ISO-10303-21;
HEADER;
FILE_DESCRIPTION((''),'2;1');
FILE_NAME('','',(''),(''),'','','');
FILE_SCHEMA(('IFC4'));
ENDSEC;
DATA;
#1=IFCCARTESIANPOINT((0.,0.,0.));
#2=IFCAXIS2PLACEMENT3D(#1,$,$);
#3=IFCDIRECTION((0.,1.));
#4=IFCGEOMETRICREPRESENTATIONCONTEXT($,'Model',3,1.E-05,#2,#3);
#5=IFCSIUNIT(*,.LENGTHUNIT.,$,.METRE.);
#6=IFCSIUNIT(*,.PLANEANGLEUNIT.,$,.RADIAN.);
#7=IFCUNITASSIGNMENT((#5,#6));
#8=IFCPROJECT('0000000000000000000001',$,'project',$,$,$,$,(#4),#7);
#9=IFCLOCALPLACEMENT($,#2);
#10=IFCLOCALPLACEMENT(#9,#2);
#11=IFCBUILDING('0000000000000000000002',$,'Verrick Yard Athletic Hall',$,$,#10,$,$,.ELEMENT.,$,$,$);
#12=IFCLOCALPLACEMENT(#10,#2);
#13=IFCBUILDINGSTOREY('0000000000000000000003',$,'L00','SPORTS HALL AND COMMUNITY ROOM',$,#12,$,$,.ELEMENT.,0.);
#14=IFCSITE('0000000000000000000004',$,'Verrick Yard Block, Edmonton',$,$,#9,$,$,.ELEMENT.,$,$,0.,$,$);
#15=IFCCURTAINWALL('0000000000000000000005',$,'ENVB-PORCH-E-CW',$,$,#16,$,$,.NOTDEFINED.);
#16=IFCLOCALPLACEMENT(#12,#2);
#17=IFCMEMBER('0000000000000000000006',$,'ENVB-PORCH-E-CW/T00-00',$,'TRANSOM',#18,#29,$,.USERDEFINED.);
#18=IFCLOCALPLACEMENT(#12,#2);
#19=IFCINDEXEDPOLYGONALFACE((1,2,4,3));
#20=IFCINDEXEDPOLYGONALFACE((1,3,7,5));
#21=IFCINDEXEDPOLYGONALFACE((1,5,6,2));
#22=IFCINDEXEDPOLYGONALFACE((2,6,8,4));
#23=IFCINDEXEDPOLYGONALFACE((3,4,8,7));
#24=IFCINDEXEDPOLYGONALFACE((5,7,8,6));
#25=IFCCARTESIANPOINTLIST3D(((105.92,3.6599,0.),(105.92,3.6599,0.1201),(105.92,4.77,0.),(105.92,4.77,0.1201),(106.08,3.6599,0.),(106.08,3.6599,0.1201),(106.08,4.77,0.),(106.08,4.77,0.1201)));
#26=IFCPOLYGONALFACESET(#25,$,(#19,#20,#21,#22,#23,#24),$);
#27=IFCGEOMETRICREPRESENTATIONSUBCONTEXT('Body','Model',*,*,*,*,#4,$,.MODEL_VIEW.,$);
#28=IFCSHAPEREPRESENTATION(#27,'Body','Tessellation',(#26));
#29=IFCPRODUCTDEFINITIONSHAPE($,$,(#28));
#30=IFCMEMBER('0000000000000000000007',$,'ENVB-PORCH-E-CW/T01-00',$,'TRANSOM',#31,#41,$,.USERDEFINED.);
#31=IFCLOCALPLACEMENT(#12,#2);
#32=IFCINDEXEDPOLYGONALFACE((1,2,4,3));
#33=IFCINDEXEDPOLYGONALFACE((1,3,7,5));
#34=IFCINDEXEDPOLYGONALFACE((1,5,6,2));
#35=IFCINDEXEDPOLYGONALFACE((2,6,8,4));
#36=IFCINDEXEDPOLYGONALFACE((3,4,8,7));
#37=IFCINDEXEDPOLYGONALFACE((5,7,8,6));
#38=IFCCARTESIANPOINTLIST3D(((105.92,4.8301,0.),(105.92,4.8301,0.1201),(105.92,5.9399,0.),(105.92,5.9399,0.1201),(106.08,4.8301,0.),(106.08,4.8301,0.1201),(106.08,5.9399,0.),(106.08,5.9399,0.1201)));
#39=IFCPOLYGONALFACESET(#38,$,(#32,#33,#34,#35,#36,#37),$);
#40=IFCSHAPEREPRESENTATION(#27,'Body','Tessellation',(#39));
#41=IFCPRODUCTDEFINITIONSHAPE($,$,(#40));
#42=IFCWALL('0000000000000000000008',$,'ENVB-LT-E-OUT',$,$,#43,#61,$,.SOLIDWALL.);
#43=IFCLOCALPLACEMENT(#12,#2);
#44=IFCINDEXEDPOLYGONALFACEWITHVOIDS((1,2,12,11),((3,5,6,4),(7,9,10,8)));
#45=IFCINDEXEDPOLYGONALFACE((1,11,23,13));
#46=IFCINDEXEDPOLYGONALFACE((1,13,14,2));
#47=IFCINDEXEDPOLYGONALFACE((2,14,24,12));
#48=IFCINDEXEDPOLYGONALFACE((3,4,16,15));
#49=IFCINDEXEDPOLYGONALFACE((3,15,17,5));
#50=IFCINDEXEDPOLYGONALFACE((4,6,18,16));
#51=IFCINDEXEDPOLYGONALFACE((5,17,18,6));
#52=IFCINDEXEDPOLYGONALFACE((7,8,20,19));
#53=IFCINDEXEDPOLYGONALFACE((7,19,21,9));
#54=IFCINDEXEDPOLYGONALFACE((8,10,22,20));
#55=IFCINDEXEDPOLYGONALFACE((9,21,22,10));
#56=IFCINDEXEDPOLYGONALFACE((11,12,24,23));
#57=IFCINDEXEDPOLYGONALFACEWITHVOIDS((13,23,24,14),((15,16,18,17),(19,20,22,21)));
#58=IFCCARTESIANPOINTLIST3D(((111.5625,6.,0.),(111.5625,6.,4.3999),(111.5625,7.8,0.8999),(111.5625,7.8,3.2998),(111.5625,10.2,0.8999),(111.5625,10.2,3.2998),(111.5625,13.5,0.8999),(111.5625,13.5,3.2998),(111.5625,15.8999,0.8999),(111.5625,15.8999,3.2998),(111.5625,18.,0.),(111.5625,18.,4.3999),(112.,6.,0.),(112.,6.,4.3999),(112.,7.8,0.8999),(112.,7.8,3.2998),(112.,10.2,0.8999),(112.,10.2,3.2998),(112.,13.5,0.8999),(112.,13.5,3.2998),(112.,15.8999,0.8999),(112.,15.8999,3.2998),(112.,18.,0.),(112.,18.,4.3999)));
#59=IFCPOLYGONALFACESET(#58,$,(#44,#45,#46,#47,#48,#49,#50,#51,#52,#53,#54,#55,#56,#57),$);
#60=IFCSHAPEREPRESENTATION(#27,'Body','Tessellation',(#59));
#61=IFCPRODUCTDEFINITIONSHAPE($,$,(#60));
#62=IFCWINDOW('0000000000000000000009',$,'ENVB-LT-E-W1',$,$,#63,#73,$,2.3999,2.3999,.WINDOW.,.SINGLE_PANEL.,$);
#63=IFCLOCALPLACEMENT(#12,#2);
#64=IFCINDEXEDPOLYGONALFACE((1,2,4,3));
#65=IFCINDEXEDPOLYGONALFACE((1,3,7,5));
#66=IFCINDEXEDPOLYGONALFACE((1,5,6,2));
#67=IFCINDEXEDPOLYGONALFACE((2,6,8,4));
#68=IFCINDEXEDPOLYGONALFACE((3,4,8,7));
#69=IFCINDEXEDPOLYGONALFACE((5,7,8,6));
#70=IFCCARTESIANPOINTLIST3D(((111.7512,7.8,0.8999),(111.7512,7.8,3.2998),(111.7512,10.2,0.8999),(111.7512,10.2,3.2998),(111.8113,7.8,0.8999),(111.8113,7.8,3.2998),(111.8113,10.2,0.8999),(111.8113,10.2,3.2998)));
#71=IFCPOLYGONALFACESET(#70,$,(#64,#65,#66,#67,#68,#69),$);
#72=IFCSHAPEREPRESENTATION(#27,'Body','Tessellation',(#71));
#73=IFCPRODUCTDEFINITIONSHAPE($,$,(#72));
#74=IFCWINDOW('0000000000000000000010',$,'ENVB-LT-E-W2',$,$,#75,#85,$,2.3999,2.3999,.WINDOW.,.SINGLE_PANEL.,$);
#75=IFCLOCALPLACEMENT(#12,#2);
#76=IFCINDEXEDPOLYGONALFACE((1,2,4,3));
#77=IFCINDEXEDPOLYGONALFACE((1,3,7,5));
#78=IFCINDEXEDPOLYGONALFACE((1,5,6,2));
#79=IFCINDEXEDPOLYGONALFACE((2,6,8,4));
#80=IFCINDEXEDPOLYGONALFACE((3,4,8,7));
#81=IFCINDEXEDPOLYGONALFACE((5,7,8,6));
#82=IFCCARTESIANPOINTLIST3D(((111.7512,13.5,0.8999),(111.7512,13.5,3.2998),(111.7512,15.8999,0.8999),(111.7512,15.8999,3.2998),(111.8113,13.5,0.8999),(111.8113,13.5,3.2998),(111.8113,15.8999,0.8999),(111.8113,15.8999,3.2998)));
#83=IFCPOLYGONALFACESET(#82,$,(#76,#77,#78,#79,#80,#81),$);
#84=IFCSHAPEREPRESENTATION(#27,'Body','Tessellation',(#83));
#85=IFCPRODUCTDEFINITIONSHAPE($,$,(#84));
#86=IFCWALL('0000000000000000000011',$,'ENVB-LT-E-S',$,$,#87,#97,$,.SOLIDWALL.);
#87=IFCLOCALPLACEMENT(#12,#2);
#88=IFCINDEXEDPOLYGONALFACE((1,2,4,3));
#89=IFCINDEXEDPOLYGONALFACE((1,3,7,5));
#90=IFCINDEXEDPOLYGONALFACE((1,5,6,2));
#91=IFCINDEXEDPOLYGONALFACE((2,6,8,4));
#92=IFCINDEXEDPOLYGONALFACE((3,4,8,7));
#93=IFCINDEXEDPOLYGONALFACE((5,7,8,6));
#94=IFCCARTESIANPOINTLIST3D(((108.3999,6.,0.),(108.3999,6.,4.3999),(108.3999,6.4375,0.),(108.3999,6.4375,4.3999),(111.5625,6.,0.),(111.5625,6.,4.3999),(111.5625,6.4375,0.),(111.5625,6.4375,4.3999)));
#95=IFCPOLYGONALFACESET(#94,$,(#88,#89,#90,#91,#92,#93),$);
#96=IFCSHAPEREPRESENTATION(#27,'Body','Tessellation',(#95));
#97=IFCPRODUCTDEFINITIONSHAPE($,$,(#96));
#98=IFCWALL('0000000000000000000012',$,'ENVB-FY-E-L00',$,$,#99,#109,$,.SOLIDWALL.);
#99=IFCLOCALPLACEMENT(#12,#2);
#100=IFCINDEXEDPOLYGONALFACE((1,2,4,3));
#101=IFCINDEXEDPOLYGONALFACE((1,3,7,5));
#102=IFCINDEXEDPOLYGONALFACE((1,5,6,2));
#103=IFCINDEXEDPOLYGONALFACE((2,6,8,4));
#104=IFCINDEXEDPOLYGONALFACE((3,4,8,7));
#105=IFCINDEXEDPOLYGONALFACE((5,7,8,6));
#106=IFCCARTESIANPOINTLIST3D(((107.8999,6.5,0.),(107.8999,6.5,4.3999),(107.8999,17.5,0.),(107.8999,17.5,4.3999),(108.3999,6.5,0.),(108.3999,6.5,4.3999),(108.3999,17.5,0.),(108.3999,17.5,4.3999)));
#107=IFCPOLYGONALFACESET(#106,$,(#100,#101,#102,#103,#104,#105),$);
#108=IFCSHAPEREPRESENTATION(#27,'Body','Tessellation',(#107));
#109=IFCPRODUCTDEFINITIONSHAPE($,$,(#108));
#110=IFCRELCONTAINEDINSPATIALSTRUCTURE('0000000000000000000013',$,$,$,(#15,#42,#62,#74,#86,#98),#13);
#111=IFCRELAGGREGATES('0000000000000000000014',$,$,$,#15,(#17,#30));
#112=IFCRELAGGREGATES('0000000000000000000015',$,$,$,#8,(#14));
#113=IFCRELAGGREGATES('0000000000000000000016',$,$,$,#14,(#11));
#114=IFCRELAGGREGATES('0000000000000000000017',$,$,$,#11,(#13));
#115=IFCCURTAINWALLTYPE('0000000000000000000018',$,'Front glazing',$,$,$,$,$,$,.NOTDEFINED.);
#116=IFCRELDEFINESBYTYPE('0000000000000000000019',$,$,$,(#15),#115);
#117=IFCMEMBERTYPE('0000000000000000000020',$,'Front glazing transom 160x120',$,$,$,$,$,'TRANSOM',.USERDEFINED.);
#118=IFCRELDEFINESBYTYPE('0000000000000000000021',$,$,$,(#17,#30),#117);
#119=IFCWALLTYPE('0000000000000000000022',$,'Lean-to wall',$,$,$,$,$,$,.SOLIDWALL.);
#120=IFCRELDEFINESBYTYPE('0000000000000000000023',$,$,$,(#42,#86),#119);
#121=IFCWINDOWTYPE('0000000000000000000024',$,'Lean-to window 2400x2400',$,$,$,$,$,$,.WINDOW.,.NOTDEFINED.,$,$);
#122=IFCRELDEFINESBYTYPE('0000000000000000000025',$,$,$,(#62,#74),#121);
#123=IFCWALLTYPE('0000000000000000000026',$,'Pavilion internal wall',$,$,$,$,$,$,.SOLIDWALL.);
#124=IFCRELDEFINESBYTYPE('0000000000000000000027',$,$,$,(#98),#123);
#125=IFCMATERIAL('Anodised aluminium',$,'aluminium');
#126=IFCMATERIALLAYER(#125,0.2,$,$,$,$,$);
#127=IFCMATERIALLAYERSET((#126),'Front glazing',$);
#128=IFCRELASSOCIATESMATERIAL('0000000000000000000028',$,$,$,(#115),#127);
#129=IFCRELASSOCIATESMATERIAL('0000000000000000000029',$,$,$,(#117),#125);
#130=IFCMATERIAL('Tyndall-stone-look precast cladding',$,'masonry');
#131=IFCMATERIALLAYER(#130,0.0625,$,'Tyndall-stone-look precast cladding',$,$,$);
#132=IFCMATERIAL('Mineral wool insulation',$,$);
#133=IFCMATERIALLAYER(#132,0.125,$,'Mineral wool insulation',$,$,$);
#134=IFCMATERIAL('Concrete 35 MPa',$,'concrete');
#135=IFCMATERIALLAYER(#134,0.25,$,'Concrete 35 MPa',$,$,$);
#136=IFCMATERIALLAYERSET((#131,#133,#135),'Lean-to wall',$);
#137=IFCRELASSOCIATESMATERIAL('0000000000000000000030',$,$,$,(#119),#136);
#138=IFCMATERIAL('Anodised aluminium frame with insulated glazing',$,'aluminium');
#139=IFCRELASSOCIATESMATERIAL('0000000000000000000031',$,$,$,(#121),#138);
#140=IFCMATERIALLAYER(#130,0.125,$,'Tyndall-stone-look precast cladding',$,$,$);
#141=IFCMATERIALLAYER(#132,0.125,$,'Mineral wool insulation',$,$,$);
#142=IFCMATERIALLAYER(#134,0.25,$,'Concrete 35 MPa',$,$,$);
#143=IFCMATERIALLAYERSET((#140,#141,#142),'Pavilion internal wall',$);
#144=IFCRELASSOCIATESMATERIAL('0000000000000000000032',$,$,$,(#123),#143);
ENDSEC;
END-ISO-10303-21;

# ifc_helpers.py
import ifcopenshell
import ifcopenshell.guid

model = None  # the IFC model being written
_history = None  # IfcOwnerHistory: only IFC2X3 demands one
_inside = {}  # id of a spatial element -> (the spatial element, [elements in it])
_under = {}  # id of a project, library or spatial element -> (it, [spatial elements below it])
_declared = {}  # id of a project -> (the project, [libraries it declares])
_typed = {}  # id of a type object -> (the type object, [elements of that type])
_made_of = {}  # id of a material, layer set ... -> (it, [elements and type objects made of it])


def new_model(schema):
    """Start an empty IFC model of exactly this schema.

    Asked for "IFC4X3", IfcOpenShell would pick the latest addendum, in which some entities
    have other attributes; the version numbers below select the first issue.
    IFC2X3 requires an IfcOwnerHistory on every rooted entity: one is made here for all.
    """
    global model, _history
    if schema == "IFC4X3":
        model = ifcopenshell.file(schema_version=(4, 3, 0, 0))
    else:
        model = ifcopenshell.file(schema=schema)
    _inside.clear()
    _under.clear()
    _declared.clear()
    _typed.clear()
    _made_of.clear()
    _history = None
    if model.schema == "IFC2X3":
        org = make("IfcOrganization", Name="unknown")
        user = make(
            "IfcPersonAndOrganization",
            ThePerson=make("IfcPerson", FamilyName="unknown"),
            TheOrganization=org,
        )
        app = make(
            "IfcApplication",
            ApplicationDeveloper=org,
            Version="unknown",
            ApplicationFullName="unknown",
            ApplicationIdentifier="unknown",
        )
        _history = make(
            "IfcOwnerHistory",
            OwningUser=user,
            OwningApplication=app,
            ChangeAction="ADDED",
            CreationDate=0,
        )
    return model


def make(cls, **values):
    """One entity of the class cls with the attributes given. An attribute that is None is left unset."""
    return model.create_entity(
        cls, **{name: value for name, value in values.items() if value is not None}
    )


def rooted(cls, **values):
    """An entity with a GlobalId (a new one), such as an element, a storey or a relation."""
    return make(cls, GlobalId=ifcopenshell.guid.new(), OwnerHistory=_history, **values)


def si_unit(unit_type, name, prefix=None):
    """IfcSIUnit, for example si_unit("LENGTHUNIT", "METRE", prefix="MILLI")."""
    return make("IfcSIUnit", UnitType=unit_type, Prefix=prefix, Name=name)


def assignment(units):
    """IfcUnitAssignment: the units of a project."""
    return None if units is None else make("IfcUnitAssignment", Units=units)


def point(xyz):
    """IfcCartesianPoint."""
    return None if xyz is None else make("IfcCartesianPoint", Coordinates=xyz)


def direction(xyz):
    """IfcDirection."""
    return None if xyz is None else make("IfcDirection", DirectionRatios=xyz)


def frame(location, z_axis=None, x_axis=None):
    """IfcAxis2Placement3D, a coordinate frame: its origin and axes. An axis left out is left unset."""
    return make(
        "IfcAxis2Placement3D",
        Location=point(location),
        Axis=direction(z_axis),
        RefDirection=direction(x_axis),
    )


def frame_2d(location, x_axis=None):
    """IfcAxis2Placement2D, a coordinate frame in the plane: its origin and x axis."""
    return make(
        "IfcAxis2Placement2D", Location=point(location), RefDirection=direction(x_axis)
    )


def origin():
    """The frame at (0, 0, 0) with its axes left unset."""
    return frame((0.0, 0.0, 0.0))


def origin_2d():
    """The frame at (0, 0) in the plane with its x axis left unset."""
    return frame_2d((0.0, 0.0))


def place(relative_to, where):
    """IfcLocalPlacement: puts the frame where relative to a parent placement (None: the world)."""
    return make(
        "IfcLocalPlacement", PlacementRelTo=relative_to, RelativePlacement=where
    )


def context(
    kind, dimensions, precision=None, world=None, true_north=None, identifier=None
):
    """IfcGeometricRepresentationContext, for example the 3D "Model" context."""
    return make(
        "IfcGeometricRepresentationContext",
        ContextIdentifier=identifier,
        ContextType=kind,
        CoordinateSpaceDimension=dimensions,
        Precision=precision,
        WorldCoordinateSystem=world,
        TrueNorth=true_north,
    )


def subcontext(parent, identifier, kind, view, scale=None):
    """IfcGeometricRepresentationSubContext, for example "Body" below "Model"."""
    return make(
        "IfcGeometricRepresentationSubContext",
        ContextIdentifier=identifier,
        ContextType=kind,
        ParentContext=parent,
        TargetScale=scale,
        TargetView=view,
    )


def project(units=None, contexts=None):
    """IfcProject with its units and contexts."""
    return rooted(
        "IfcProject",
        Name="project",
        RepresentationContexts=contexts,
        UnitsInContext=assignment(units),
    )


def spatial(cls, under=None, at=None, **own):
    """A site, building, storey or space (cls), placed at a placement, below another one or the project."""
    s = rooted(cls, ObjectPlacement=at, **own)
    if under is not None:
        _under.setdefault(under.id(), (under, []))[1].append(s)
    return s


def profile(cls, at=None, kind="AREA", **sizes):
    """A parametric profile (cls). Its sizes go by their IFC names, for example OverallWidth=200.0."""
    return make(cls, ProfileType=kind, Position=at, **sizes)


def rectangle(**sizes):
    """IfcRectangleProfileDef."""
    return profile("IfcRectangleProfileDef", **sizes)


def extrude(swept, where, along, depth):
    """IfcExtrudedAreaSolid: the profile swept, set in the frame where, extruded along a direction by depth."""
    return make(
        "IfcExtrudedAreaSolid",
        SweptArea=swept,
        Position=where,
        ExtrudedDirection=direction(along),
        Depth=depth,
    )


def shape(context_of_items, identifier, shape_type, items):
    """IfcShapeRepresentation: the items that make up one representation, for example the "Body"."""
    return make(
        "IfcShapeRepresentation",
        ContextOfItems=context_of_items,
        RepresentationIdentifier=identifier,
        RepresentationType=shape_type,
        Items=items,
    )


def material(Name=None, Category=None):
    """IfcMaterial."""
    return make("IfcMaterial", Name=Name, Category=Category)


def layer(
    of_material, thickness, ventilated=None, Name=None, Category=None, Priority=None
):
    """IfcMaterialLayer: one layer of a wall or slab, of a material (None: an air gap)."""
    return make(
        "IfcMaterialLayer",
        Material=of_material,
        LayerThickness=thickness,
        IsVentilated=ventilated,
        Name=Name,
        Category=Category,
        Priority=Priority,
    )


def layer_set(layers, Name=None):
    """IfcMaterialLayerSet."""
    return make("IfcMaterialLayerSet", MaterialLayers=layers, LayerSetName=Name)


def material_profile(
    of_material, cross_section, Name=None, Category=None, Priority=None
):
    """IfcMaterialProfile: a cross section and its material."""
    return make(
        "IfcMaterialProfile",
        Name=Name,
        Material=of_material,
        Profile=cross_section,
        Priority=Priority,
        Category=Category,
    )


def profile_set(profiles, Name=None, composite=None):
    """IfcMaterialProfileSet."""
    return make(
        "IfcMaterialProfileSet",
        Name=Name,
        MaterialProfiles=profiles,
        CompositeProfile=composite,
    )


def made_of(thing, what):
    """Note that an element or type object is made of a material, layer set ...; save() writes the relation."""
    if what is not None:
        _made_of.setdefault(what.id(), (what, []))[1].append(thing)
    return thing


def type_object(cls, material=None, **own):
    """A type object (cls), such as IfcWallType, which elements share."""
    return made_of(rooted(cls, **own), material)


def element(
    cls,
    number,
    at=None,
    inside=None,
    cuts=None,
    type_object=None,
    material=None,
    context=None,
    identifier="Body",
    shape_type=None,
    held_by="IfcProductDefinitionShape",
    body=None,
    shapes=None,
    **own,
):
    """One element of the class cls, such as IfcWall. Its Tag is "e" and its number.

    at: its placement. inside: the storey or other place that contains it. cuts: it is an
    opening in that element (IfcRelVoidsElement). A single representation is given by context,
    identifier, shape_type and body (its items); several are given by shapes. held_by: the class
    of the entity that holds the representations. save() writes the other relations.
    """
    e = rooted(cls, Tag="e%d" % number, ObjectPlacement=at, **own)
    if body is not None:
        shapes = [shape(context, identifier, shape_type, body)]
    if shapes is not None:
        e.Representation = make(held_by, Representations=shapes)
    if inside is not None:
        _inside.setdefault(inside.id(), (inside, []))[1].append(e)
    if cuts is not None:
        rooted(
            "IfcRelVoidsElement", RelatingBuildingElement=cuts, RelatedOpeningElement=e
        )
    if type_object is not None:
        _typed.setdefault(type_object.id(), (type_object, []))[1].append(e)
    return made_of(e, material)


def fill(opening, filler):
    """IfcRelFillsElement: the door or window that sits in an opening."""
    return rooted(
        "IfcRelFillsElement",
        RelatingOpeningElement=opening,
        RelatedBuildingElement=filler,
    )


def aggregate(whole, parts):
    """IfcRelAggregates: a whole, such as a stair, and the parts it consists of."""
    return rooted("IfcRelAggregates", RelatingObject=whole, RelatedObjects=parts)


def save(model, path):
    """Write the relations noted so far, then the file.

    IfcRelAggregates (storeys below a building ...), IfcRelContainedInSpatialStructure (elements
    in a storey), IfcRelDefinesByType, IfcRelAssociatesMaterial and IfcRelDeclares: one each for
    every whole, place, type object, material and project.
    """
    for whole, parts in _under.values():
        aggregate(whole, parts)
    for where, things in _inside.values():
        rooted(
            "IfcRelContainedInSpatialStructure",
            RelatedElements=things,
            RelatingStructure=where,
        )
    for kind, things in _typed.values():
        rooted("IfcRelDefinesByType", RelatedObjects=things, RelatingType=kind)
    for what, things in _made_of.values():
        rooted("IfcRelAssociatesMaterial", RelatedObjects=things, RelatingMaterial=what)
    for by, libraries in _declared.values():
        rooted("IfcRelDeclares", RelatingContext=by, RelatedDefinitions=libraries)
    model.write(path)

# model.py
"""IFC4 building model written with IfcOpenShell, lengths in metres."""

from ifc_helpers import new_model, si_unit, direction, frame, frame_2d, origin, origin_2d, place, context, subcontext, project, spatial, rectangle, extrude, material, layer, layer_set, material_profile, profile_set, type_object, element, fill, aggregate, save


model = new_model("IFC4")

# Units and contexts
model_context = context("Model", 3, precision=1e-05, world=origin(), true_north=direction((0.0, 1.0)))
body_context = subcontext(model_context, "Body", "Model", "MODEL_VIEW")
ifc_project = project(units=[si_unit("LENGTHUNIT", "METRE"), si_unit("PLANEANGLEUNIT", "RADIAN")], contexts=[model_context])

# Site, building, storey
site_placement = place(None, origin())
site = spatial("IfcSite", under=ifc_project, at=site_placement, Name="Verrick Yard Block, Edmonton", CompositionType="ELEMENT", RefElevation=0.0)
building_placement = place(site_placement, origin())
building = spatial("IfcBuilding", under=site, at=building_placement, Name="Verrick Yard Athletic Hall", CompositionType="ELEMENT")
storey_placement = place(building_placement, origin())
storey = spatial("IfcBuildingStorey", under=building, at=storey_placement, Name="L00", Description="SPORTS HALL AND COMMUNITY ROOM", CompositionType="ELEMENT", Elevation=0.0)

# Shared definitions
ifc_material_1 = material(Name="Concrete 35 MPa", Category="concrete")

# Curtain wall, members
ifc_material_2 = material(Name="Anodised aluminium", Category="aluminium")
ifc_layer_1 = layer(ifc_material_2, 0.2)
ifc_layer_set_1 = layer_set([ifc_layer_1], Name="Front glazing")
curtain_wall_type = type_object("IfcCurtainWallType", Name="Front glazing", PredefinedType="NOTDEFINED", material=ifc_layer_set_1)
curtain_wall_placement = place(storey_placement, origin())
curtain_wall = element("IfcCurtainWall", 1, at=curtain_wall_placement, inside=storey, type_object=curtain_wall_type, Name="ENVB-PORCH-E-CW", PredefinedType="NOTDEFINED")
ifc_material_profile_1 = material_profile(ifc_material_2, rectangle(XDim=0.1599, YDim=0.1201, at=origin_2d()), Name="CW transom 160x120")
ifc_profile_set_1 = profile_set([ifc_material_profile_1], Name="Anodised aluminium")
member_type_1 = type_object("IfcMemberType", Name="Front glazing transom 160x120", ElementType="TRANSOM", PredefinedType="USERDEFINED", material=ifc_profile_set_1)
member_1_placement = place(storey_placement, frame((106.0, 3.6599, 0.0601), z_axis=(0.0, 1.0, 0.0), x_axis=(-1.0, 0.0, 0.0)))
member_1 = element("IfcMember", 2, at=member_1_placement, type_object=member_type_1, Name="ENVB-PORCH-E-CW/T00-00", ObjectType="TRANSOM", PredefinedType="USERDEFINED", context=body_context, shape_type="SweptSolid", body=[
    extrude(rectangle(XDim=0.1599, YDim=0.1201, at=origin_2d()), origin(), (0.0, 0.0, 1.0), 1.1101),
])
member_2_placement = place(storey_placement, frame((106.0, 4.8301, 0.0601), z_axis=(0.0, 1.0, 0.0), x_axis=(-1.0, 0.0, 0.0)))
member_2 = element("IfcMember", 3, at=member_2_placement, type_object=member_type_1, Name="ENVB-PORCH-E-CW/T01-00", ObjectType="TRANSOM", PredefinedType="USERDEFINED", context=body_context, shape_type="SweptSolid", body=[
    extrude(rectangle(XDim=0.1599, YDim=0.1201, at=origin_2d()), origin(), (0.0, 0.0, 1.0), 1.1099),
])
aggregate(curtain_wall, [member_1, member_2])

# Wall, openings, windows
ifc_material_3 = material(Name="Tyndall-stone-look precast cladding", Category="masonry")
ifc_layer_2 = layer(ifc_material_3, 0.0625, Name="Tyndall-stone-look precast cladding")
ifc_material_4 = material(Name="Mineral wool insulation")
ifc_layer_3 = layer(ifc_material_4, 0.125, Name="Mineral wool insulation")
ifc_layer_4 = layer(ifc_material_1, 0.25, Name="Concrete 35 MPa")
ifc_layer_set_2 = layer_set([ifc_layer_2, ifc_layer_3, ifc_layer_4], Name="Lean-to wall")
wall_type_1 = type_object("IfcWallType", Name="Lean-to wall", PredefinedType="SOLIDWALL", material=ifc_layer_set_2)
wall_1_placement = place(storey_placement, frame((111.7812, 6.0, 0.0), z_axis=(0.0, 0.0, 1.0), x_axis=(0.0, 1.0, 0.0)))
wall_1 = element("IfcWall", 4, at=wall_1_placement, inside=storey, type_object=wall_type_1, Name="ENVB-LT-E-OUT", PredefinedType="SOLIDWALL", context=body_context, shape_type="SweptSolid", body=[
    extrude(rectangle(XDim=12.0, YDim=0.4375, at=frame_2d((6.0, 0.0))), origin(), (0.0, 0.0, 1.0), 4.3999),
])
opening_1_placement = place(wall_1_placement, frame((1.8, 0.0, 0.8999)))
opening_1 = element("IfcOpeningElement", 5, at=opening_1_placement, cuts=wall_1, PredefinedType="OPENING", context=body_context, shape_type="SweptSolid", body=[
    extrude(rectangle(XDim=2.3999, YDim=2.3999, at=frame_2d((1.2, 1.2))), frame((0.0, 0.2288, 0.0), z_axis=(0.0, -1.0, 0.0), x_axis=(1.0, 0.0, 0.0)), (0.0, 0.0, 1.0), 0.4575),
])
opening_2_placement = place(wall_1_placement, frame((7.5, 0.0, 0.8999)))
opening_2 = element("IfcOpeningElement", 6, at=opening_2_placement, cuts=wall_1, PredefinedType="OPENING", context=body_context, shape_type="SweptSolid", body=[
    extrude(rectangle(XDim=2.3999, YDim=2.3999, at=frame_2d((1.2, 1.2))), frame((0.0, 0.2288, 0.0), z_axis=(0.0, -1.0, 0.0), x_axis=(1.0, 0.0, 0.0)), (0.0, 0.0, 1.0), 0.4575),
])
ifc_material_5 = material(Name="Anodised aluminium frame with insulated glazing", Category="aluminium")
window_type = type_object("IfcWindowType", Name="Lean-to window 2400x2400", PartitioningType="NOTDEFINED", PredefinedType="WINDOW", material=ifc_material_5)
window_1_placement = place(opening_1_placement, origin())
window_1 = element("IfcWindow", 7, at=window_1_placement, inside=storey, type_object=window_type, Name="ENVB-LT-E-W1", OverallHeight=2.3999, OverallWidth=2.3999, PartitioningType="SINGLE_PANEL", PredefinedType="WINDOW", context=body_context, shape_type="SweptSolid", body=[
    extrude(rectangle(XDim=2.3999, YDim=2.3999, at=frame_2d((1.2, 1.2))), frame((0.0, 0.03, 0.0), z_axis=(0.0, -1.0, 0.0), x_axis=(1.0, 0.0, 0.0)), (0.0, 0.0, 1.0), 0.0601),
])
fill(opening_1, window_1)
window_2_placement = place(opening_2_placement, origin())
window_2 = element("IfcWindow", 8, at=window_2_placement, inside=storey, type_object=window_type, Name="ENVB-LT-E-W2", OverallHeight=2.3999, OverallWidth=2.3999, PartitioningType="SINGLE_PANEL", PredefinedType="WINDOW", context=body_context, shape_type="SweptSolid", body=[
    extrude(rectangle(XDim=2.3999, YDim=2.3999, at=frame_2d((1.2, 1.2))), frame((0.0, 0.03, 0.0), z_axis=(0.0, -1.0, 0.0), x_axis=(1.0, 0.0, 0.0)), (0.0, 0.0, 1.0), 0.0601),
])
fill(opening_2, window_2)

# Walls
wall_2_placement = place(storey_placement, frame((108.3999, 6.2188, 0.0), z_axis=(0.0, 0.0, 1.0), x_axis=(1.0, 0.0, 0.0)))
element("IfcWall", 9, at=wall_2_placement, inside=storey, type_object=wall_type_1, Name="ENVB-LT-E-S", PredefinedType="SOLIDWALL", context=body_context, shape_type="SweptSolid", body=[
    extrude(rectangle(XDim=3.1626, YDim=0.4375, at=frame_2d((1.5813, 0.0))), origin(), (0.0, 0.0, 1.0), 4.3999),
])
ifc_layer_5 = layer(ifc_material_3, 0.125, Name="Tyndall-stone-look precast cladding")
ifc_layer_6 = layer(ifc_material_4, 0.125, Name="Mineral wool insulation")
ifc_layer_7 = layer(ifc_material_1, 0.25, Name="Concrete 35 MPa")
ifc_layer_set_3 = layer_set([ifc_layer_5, ifc_layer_6, ifc_layer_7], Name="Pavilion internal wall")
wall_type_2 = type_object("IfcWallType", Name="Pavilion internal wall", PredefinedType="SOLIDWALL", material=ifc_layer_set_3)
wall_3_placement = place(storey_placement, frame((108.1499, 6.5, 0.0), z_axis=(0.0, 0.0, 1.0), x_axis=(0.0, 1.0, 0.0)))
element("IfcWall", 10, at=wall_3_placement, inside=storey, type_object=wall_type_2, Name="ENVB-FY-E-L00", PredefinedType="SOLIDWALL", context=body_context, shape_type="SweptSolid", body=[
    extrude(rectangle(XDim=11.0, YDim=0.5, at=frame_2d((5.5, 0.0))), origin(), (0.0, 0.0, 1.0), 4.3999),
])

save(model, "model.ifc")
